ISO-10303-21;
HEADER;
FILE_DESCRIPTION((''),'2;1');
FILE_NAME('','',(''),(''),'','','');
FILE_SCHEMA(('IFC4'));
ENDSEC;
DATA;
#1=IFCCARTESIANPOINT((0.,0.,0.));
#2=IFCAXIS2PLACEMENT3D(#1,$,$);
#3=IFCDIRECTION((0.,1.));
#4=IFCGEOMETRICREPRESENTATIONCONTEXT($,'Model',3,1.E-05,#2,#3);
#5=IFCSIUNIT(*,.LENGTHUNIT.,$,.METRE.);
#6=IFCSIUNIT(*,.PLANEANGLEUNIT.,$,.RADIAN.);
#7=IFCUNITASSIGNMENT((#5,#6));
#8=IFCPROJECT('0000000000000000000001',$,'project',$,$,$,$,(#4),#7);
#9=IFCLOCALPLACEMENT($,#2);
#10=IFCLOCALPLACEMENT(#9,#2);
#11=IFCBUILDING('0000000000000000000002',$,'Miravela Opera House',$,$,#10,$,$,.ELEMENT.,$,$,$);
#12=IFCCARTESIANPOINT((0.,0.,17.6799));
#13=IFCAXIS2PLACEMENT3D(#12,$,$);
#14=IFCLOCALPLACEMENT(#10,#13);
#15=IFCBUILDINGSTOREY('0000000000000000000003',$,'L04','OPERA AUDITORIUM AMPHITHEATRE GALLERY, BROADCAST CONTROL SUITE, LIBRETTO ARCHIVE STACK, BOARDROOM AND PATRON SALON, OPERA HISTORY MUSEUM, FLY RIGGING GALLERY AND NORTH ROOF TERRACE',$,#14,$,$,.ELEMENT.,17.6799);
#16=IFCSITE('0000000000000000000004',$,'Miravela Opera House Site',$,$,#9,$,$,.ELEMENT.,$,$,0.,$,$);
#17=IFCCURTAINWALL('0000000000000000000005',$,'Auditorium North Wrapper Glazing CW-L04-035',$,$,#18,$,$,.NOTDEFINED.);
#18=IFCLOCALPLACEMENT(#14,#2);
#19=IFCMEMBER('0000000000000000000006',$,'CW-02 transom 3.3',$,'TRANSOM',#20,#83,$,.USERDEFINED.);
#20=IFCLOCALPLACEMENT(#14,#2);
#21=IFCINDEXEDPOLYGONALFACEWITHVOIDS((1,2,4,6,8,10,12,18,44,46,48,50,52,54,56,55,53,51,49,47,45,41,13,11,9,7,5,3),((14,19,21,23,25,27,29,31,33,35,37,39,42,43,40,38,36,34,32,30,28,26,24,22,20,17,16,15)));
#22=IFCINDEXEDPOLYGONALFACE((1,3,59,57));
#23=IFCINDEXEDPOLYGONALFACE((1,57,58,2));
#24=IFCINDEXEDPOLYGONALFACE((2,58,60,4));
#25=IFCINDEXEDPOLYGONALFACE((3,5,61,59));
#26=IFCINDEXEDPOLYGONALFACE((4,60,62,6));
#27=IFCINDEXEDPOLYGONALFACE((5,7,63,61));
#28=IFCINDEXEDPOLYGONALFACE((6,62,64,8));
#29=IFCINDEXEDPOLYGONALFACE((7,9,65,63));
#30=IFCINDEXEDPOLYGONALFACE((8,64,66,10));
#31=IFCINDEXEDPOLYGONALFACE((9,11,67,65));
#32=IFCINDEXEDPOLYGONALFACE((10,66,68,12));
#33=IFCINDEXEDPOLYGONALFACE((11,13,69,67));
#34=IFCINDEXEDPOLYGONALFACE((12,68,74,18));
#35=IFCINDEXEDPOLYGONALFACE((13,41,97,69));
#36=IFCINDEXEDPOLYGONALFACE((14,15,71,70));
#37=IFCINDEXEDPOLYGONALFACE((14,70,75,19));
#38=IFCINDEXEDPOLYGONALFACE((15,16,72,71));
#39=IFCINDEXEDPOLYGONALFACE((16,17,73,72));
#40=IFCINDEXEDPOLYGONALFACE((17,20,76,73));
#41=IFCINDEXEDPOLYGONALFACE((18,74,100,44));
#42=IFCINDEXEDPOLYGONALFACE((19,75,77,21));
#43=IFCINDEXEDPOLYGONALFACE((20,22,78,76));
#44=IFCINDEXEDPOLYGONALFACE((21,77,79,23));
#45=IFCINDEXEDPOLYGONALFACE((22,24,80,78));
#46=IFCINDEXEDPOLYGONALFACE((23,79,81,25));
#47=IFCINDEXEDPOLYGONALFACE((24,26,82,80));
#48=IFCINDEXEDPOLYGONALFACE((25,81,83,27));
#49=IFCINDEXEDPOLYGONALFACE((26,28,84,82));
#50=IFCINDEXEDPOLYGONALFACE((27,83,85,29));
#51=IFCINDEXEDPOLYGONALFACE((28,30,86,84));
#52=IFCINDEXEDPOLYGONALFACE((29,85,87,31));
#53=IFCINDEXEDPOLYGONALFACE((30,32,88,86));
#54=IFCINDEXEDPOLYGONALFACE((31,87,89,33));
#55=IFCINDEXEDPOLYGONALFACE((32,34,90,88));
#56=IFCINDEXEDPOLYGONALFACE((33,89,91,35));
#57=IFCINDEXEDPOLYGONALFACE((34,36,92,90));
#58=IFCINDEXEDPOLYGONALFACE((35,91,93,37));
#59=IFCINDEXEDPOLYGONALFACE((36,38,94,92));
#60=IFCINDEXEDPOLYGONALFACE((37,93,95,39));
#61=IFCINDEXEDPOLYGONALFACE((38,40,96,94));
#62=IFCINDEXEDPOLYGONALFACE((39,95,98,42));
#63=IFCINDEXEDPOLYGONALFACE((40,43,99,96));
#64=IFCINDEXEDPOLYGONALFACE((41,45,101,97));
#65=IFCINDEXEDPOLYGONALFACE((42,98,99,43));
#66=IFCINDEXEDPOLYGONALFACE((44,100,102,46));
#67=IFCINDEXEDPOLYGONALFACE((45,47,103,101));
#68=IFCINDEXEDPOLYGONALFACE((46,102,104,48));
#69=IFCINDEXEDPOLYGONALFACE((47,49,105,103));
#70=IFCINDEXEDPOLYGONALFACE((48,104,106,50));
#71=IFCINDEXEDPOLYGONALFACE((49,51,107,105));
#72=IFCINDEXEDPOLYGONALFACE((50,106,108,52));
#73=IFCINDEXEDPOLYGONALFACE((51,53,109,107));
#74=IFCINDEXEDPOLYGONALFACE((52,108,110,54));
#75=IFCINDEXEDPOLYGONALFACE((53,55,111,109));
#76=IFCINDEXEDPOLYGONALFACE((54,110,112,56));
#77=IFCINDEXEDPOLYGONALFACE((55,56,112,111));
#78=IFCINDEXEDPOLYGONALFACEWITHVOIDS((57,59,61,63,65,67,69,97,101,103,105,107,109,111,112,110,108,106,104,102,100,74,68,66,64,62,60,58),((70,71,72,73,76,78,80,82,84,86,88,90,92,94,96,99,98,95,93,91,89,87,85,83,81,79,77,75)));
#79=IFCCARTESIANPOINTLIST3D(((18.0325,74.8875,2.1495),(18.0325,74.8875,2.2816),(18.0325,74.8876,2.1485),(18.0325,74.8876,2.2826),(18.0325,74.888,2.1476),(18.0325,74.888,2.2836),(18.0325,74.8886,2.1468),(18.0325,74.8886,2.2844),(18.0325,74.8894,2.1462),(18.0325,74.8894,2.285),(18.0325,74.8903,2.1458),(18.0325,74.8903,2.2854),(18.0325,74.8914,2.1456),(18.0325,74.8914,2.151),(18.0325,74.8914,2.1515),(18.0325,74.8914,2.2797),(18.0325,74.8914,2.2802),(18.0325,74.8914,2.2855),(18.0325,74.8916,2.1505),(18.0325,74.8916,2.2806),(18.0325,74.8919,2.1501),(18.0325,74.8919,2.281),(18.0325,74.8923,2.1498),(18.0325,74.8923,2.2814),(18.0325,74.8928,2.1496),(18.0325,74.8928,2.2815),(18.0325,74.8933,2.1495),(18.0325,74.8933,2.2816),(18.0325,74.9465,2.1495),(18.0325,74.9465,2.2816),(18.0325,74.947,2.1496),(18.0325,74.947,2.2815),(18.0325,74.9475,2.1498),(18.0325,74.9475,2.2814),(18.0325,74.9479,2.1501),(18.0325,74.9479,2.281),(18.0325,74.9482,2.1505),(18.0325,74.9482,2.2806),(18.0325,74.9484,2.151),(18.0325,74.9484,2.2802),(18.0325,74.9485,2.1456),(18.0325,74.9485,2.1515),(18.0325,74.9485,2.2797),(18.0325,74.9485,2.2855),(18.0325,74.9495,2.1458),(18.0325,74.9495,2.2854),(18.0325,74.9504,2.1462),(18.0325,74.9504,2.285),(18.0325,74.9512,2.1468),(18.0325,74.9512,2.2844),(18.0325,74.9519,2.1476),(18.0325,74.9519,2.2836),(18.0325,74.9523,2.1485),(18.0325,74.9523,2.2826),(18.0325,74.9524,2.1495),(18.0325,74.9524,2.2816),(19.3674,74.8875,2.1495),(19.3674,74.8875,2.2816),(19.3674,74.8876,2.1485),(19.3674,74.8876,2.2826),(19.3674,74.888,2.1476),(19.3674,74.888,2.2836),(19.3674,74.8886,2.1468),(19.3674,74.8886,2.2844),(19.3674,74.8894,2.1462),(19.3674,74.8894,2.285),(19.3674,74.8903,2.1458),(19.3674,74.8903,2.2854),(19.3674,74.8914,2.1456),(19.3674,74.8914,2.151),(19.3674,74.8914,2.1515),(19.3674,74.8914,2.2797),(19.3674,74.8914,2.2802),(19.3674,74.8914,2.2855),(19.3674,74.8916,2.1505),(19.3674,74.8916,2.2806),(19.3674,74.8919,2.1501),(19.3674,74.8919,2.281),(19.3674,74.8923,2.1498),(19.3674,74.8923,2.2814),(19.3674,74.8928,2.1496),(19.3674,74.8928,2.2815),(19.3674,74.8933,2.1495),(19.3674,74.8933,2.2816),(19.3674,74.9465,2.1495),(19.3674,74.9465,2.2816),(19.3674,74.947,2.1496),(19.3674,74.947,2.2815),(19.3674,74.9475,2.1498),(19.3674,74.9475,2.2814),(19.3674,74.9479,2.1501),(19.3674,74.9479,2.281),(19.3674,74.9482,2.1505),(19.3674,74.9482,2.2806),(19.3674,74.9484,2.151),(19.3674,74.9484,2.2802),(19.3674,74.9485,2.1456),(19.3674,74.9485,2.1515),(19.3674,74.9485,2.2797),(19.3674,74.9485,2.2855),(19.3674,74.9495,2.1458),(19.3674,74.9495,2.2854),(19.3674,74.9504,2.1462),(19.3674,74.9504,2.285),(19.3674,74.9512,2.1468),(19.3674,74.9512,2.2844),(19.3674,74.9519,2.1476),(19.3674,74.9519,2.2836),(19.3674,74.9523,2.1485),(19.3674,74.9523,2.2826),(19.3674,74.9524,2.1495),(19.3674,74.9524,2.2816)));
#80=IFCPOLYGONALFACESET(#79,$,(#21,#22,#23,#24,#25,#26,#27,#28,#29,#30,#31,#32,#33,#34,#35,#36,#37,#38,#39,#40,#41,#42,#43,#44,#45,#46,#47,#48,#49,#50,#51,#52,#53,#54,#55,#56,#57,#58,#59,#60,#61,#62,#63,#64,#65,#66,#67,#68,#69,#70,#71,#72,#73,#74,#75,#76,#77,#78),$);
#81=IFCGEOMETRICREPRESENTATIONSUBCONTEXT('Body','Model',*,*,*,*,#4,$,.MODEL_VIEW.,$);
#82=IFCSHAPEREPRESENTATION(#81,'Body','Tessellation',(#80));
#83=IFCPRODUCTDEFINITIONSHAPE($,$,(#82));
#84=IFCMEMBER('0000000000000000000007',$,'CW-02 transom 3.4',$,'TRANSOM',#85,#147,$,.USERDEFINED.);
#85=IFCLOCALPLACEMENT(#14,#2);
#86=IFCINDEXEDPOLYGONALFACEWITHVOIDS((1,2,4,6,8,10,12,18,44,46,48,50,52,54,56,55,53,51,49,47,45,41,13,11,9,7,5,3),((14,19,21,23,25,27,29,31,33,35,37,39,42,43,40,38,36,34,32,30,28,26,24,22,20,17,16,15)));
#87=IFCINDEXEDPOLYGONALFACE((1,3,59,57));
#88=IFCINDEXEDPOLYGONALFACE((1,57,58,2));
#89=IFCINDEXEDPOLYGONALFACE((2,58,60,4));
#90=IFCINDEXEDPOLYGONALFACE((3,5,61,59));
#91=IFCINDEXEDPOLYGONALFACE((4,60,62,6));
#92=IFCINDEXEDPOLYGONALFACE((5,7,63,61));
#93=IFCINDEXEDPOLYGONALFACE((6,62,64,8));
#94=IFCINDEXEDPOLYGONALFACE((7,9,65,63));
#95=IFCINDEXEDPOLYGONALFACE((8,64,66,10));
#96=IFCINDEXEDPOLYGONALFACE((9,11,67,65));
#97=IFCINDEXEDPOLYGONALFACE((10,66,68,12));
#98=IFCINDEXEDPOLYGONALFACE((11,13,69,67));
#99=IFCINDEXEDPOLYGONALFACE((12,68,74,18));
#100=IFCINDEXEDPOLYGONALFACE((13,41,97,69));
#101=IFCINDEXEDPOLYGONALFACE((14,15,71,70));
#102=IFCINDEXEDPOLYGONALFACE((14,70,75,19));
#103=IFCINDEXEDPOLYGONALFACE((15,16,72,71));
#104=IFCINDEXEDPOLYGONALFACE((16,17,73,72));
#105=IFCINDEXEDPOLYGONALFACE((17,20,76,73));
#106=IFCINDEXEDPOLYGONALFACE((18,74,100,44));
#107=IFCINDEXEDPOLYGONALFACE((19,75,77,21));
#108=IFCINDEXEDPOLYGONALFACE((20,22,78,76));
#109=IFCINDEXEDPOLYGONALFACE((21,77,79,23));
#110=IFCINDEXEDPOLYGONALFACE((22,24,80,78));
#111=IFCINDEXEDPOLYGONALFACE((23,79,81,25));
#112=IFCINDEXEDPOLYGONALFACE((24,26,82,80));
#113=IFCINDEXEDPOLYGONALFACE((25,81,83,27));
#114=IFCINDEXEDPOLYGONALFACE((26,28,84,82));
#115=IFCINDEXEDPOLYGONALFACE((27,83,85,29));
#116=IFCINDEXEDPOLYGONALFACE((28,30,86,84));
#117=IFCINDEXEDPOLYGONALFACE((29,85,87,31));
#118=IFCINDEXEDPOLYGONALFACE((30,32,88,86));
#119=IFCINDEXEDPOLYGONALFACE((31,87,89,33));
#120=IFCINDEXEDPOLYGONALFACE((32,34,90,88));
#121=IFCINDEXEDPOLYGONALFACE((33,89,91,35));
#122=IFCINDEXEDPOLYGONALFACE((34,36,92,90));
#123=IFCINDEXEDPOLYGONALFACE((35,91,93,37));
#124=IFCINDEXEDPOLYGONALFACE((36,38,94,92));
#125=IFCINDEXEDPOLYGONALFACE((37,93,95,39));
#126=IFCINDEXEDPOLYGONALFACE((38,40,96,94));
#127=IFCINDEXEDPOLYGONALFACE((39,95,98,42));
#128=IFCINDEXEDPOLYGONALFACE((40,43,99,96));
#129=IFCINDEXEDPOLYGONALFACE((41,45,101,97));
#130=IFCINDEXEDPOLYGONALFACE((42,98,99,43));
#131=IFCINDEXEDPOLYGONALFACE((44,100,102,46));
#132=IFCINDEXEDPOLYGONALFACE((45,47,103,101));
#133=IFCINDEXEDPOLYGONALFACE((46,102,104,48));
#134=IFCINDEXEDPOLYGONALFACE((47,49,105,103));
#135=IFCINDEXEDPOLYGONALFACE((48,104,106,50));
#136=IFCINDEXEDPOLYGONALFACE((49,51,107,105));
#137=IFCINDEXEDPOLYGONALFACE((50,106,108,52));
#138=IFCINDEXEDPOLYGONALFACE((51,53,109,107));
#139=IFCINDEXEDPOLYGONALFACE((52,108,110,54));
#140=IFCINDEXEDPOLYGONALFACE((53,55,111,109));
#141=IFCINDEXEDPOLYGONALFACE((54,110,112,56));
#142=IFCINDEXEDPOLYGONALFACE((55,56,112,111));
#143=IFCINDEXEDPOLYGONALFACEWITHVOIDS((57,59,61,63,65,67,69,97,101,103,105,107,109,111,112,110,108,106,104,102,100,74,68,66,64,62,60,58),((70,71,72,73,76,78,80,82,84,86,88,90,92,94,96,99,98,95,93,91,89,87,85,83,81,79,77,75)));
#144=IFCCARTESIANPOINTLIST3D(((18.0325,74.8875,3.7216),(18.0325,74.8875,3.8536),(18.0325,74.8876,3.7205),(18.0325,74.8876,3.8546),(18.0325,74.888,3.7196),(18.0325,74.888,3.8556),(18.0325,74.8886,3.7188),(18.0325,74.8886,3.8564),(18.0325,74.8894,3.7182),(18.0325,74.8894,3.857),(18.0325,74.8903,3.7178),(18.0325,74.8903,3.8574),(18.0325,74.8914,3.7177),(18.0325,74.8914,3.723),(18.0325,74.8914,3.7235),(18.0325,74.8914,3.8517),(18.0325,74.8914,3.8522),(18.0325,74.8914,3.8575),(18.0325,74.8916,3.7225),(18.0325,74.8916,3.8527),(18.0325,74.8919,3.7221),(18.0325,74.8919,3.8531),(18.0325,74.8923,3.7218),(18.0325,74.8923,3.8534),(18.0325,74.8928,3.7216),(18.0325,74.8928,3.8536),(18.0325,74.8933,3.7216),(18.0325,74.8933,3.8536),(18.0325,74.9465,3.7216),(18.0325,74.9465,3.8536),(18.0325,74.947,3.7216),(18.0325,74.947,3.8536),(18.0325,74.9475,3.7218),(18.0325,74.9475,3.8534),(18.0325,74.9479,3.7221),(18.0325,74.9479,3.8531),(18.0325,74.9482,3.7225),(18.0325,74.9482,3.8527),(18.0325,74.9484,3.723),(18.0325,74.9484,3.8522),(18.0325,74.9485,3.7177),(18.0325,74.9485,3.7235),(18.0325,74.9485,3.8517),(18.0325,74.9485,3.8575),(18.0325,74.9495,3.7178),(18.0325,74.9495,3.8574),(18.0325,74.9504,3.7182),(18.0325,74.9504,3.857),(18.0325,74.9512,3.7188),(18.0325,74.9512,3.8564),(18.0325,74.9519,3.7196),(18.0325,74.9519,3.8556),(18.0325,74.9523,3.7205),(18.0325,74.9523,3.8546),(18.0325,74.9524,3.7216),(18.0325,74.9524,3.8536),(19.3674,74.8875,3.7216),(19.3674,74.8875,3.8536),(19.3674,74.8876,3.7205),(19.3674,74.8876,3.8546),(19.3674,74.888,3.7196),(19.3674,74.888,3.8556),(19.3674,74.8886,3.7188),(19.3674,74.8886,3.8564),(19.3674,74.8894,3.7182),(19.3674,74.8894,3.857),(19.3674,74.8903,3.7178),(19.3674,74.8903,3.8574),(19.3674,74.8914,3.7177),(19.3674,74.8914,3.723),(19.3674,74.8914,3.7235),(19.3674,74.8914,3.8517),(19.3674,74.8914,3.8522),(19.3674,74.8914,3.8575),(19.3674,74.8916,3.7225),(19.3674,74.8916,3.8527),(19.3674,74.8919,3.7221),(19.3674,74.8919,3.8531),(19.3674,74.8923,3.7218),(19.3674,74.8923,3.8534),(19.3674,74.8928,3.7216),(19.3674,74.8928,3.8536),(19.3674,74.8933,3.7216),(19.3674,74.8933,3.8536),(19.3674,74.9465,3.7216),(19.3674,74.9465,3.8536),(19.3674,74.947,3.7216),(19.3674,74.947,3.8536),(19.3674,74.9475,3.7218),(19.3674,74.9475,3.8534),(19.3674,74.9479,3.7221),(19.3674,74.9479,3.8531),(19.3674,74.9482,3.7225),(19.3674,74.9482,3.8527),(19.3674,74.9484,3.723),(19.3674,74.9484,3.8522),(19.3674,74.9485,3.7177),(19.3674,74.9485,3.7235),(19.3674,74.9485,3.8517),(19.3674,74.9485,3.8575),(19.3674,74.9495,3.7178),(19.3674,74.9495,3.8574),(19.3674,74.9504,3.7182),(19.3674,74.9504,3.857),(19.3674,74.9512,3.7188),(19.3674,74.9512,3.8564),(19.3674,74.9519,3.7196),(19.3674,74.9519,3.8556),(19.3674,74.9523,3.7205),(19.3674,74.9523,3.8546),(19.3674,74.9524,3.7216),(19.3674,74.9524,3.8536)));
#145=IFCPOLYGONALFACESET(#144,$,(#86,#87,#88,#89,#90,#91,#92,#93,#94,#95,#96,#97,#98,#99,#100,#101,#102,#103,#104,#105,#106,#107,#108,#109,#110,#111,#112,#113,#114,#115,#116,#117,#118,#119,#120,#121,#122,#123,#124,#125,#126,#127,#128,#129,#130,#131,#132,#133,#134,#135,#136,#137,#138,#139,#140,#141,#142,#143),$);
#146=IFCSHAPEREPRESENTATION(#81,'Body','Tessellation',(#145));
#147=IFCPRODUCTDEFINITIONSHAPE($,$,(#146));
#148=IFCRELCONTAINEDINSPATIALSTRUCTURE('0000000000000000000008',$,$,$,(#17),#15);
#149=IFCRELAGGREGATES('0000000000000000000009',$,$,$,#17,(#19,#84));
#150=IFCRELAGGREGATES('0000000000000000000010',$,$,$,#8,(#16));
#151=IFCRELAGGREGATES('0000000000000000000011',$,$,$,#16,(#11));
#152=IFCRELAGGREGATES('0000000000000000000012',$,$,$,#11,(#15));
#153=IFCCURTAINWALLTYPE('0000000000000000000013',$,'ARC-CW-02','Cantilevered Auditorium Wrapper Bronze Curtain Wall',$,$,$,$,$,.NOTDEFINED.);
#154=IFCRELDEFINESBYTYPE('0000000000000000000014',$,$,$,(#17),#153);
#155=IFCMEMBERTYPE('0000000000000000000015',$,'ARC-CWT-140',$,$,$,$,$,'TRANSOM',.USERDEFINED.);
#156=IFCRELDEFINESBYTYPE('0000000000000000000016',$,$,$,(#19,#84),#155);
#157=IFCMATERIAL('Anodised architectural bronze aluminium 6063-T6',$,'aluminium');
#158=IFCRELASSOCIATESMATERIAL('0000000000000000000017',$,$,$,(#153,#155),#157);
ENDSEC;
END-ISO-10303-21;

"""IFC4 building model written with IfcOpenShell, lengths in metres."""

from ifc_helpers import new_model, si_unit, direction, frame, origin, origin_2d, place, context, subcontext, project, spatial, hollow_rectangle, extrude, material, material_profile, profile_set, type_object, element, aggregate, save


model = new_model("IFC4")

# Units and contexts
model_context = context("Model", 3, precision=1e-05, world=origin(), true_north=direction((0.0, 1.0)))
body_context = subcontext(model_context, "Body", "Model", "MODEL_VIEW")
ifc_project = project(units=[si_unit("LENGTHUNIT", "METRE"), si_unit("PLANEANGLEUNIT", "RADIAN")], contexts=[model_context])

# Site, building, storey
site_placement = place(None, origin())
site = spatial("IfcSite", under=ifc_project, at=site_placement, Name="Miravela Opera House Site", CompositionType="ELEMENT", RefElevation=0.0)
building_placement = place(site_placement, origin())
building = spatial("IfcBuilding", under=site, at=building_placement, Name="Miravela Opera House", CompositionType="ELEMENT")
storey_placement = place(building_placement, frame((0.0, 0.0, 17.6799)))
storey = spatial("IfcBuildingStorey", under=building, at=storey_placement, Name="L04", Description="OPERA AUDITORIUM AMPHITHEATRE GALLERY, BROADCAST CONTROL SUITE, LIBRETTO ARCHIVE STACK, BOARDROOM AND PATRON SALON, OPERA HISTORY MUSEUM, FLY RIGGING GALLERY AND NORTH ROOF TERRACE", CompositionType="ELEMENT", Elevation=17.6799)

# Curtain wall, members
ifc_material_1 = material(Name="Anodised architectural bronze aluminium 6063-T6", Category="aluminium")
curtain_wall_type = type_object("IfcCurtainWallType", Name="ARC-CW-02", Description="Cantilevered Auditorium Wrapper Bronze Curtain Wall", PredefinedType="NOTDEFINED", material=ifc_material_1)
curtain_wall_placement = place(storey_placement, origin())
curtain_wall = element("IfcCurtainWall", 1, at=curtain_wall_placement, inside=storey, type_object=curtain_wall_type, Name="Auditorium North Wrapper Glazing CW-L04-035", PredefinedType="NOTDEFINED")
ifc_material_profile_1 = material_profile(ifc_material_1, hollow_rectangle(XDim=0.0649, YDim=0.1399, WallThickness=0.0039, InnerFilletRadius=0.002, OuterFilletRadius=0.0039, at=origin_2d()), Name="CWT-65X140")
ifc_profile_set_1 = profile_set([ifc_material_profile_1])
member_type_1 = type_object("IfcMemberType", Name="ARC-CWT-140", ElementType="TRANSOM", PredefinedType="USERDEFINED", material=ifc_profile_set_1)
member_1_placement = place(storey_placement, frame((18.0325, 74.9199, 2.2156), z_axis=(1.0, 0.0, 0.0), x_axis=(0.0, 1.0, 0.0)))
member_1 = element("IfcMember", 2, at=member_1_placement, type_object=member_type_1, Name="CW-02 transom 3.3", ObjectType="TRANSOM", PredefinedType="USERDEFINED", context=body_context, shape_type="SweptSolid", body=[
    extrude(hollow_rectangle(XDim=0.0649, YDim=0.1399, WallThickness=0.0039, InnerFilletRadius=0.002, OuterFilletRadius=0.0039, at=origin_2d()), origin(), (0.0, 0.0, 1.0), 1.335),
])
member_2_placement = place(storey_placement, frame((18.0325, 74.9199, 3.7876), z_axis=(1.0, 0.0, 0.0), x_axis=(0.0, 1.0, 0.0)))
member_2 = element("IfcMember", 3, at=member_2_placement, type_object=member_type_1, Name="CW-02 transom 3.4", ObjectType="TRANSOM", PredefinedType="USERDEFINED", context=body_context, shape_type="SweptSolid", body=[
    extrude(hollow_rectangle(XDim=0.0649, YDim=0.1399, WallThickness=0.0039, InnerFilletRadius=0.002, OuterFilletRadius=0.0039, at=origin_2d()), origin(), (0.0, 0.0, 1.0), 1.335),
])

aggregate(curtain_wall, [member_1, member_2])

save(model, "model.ifc")
